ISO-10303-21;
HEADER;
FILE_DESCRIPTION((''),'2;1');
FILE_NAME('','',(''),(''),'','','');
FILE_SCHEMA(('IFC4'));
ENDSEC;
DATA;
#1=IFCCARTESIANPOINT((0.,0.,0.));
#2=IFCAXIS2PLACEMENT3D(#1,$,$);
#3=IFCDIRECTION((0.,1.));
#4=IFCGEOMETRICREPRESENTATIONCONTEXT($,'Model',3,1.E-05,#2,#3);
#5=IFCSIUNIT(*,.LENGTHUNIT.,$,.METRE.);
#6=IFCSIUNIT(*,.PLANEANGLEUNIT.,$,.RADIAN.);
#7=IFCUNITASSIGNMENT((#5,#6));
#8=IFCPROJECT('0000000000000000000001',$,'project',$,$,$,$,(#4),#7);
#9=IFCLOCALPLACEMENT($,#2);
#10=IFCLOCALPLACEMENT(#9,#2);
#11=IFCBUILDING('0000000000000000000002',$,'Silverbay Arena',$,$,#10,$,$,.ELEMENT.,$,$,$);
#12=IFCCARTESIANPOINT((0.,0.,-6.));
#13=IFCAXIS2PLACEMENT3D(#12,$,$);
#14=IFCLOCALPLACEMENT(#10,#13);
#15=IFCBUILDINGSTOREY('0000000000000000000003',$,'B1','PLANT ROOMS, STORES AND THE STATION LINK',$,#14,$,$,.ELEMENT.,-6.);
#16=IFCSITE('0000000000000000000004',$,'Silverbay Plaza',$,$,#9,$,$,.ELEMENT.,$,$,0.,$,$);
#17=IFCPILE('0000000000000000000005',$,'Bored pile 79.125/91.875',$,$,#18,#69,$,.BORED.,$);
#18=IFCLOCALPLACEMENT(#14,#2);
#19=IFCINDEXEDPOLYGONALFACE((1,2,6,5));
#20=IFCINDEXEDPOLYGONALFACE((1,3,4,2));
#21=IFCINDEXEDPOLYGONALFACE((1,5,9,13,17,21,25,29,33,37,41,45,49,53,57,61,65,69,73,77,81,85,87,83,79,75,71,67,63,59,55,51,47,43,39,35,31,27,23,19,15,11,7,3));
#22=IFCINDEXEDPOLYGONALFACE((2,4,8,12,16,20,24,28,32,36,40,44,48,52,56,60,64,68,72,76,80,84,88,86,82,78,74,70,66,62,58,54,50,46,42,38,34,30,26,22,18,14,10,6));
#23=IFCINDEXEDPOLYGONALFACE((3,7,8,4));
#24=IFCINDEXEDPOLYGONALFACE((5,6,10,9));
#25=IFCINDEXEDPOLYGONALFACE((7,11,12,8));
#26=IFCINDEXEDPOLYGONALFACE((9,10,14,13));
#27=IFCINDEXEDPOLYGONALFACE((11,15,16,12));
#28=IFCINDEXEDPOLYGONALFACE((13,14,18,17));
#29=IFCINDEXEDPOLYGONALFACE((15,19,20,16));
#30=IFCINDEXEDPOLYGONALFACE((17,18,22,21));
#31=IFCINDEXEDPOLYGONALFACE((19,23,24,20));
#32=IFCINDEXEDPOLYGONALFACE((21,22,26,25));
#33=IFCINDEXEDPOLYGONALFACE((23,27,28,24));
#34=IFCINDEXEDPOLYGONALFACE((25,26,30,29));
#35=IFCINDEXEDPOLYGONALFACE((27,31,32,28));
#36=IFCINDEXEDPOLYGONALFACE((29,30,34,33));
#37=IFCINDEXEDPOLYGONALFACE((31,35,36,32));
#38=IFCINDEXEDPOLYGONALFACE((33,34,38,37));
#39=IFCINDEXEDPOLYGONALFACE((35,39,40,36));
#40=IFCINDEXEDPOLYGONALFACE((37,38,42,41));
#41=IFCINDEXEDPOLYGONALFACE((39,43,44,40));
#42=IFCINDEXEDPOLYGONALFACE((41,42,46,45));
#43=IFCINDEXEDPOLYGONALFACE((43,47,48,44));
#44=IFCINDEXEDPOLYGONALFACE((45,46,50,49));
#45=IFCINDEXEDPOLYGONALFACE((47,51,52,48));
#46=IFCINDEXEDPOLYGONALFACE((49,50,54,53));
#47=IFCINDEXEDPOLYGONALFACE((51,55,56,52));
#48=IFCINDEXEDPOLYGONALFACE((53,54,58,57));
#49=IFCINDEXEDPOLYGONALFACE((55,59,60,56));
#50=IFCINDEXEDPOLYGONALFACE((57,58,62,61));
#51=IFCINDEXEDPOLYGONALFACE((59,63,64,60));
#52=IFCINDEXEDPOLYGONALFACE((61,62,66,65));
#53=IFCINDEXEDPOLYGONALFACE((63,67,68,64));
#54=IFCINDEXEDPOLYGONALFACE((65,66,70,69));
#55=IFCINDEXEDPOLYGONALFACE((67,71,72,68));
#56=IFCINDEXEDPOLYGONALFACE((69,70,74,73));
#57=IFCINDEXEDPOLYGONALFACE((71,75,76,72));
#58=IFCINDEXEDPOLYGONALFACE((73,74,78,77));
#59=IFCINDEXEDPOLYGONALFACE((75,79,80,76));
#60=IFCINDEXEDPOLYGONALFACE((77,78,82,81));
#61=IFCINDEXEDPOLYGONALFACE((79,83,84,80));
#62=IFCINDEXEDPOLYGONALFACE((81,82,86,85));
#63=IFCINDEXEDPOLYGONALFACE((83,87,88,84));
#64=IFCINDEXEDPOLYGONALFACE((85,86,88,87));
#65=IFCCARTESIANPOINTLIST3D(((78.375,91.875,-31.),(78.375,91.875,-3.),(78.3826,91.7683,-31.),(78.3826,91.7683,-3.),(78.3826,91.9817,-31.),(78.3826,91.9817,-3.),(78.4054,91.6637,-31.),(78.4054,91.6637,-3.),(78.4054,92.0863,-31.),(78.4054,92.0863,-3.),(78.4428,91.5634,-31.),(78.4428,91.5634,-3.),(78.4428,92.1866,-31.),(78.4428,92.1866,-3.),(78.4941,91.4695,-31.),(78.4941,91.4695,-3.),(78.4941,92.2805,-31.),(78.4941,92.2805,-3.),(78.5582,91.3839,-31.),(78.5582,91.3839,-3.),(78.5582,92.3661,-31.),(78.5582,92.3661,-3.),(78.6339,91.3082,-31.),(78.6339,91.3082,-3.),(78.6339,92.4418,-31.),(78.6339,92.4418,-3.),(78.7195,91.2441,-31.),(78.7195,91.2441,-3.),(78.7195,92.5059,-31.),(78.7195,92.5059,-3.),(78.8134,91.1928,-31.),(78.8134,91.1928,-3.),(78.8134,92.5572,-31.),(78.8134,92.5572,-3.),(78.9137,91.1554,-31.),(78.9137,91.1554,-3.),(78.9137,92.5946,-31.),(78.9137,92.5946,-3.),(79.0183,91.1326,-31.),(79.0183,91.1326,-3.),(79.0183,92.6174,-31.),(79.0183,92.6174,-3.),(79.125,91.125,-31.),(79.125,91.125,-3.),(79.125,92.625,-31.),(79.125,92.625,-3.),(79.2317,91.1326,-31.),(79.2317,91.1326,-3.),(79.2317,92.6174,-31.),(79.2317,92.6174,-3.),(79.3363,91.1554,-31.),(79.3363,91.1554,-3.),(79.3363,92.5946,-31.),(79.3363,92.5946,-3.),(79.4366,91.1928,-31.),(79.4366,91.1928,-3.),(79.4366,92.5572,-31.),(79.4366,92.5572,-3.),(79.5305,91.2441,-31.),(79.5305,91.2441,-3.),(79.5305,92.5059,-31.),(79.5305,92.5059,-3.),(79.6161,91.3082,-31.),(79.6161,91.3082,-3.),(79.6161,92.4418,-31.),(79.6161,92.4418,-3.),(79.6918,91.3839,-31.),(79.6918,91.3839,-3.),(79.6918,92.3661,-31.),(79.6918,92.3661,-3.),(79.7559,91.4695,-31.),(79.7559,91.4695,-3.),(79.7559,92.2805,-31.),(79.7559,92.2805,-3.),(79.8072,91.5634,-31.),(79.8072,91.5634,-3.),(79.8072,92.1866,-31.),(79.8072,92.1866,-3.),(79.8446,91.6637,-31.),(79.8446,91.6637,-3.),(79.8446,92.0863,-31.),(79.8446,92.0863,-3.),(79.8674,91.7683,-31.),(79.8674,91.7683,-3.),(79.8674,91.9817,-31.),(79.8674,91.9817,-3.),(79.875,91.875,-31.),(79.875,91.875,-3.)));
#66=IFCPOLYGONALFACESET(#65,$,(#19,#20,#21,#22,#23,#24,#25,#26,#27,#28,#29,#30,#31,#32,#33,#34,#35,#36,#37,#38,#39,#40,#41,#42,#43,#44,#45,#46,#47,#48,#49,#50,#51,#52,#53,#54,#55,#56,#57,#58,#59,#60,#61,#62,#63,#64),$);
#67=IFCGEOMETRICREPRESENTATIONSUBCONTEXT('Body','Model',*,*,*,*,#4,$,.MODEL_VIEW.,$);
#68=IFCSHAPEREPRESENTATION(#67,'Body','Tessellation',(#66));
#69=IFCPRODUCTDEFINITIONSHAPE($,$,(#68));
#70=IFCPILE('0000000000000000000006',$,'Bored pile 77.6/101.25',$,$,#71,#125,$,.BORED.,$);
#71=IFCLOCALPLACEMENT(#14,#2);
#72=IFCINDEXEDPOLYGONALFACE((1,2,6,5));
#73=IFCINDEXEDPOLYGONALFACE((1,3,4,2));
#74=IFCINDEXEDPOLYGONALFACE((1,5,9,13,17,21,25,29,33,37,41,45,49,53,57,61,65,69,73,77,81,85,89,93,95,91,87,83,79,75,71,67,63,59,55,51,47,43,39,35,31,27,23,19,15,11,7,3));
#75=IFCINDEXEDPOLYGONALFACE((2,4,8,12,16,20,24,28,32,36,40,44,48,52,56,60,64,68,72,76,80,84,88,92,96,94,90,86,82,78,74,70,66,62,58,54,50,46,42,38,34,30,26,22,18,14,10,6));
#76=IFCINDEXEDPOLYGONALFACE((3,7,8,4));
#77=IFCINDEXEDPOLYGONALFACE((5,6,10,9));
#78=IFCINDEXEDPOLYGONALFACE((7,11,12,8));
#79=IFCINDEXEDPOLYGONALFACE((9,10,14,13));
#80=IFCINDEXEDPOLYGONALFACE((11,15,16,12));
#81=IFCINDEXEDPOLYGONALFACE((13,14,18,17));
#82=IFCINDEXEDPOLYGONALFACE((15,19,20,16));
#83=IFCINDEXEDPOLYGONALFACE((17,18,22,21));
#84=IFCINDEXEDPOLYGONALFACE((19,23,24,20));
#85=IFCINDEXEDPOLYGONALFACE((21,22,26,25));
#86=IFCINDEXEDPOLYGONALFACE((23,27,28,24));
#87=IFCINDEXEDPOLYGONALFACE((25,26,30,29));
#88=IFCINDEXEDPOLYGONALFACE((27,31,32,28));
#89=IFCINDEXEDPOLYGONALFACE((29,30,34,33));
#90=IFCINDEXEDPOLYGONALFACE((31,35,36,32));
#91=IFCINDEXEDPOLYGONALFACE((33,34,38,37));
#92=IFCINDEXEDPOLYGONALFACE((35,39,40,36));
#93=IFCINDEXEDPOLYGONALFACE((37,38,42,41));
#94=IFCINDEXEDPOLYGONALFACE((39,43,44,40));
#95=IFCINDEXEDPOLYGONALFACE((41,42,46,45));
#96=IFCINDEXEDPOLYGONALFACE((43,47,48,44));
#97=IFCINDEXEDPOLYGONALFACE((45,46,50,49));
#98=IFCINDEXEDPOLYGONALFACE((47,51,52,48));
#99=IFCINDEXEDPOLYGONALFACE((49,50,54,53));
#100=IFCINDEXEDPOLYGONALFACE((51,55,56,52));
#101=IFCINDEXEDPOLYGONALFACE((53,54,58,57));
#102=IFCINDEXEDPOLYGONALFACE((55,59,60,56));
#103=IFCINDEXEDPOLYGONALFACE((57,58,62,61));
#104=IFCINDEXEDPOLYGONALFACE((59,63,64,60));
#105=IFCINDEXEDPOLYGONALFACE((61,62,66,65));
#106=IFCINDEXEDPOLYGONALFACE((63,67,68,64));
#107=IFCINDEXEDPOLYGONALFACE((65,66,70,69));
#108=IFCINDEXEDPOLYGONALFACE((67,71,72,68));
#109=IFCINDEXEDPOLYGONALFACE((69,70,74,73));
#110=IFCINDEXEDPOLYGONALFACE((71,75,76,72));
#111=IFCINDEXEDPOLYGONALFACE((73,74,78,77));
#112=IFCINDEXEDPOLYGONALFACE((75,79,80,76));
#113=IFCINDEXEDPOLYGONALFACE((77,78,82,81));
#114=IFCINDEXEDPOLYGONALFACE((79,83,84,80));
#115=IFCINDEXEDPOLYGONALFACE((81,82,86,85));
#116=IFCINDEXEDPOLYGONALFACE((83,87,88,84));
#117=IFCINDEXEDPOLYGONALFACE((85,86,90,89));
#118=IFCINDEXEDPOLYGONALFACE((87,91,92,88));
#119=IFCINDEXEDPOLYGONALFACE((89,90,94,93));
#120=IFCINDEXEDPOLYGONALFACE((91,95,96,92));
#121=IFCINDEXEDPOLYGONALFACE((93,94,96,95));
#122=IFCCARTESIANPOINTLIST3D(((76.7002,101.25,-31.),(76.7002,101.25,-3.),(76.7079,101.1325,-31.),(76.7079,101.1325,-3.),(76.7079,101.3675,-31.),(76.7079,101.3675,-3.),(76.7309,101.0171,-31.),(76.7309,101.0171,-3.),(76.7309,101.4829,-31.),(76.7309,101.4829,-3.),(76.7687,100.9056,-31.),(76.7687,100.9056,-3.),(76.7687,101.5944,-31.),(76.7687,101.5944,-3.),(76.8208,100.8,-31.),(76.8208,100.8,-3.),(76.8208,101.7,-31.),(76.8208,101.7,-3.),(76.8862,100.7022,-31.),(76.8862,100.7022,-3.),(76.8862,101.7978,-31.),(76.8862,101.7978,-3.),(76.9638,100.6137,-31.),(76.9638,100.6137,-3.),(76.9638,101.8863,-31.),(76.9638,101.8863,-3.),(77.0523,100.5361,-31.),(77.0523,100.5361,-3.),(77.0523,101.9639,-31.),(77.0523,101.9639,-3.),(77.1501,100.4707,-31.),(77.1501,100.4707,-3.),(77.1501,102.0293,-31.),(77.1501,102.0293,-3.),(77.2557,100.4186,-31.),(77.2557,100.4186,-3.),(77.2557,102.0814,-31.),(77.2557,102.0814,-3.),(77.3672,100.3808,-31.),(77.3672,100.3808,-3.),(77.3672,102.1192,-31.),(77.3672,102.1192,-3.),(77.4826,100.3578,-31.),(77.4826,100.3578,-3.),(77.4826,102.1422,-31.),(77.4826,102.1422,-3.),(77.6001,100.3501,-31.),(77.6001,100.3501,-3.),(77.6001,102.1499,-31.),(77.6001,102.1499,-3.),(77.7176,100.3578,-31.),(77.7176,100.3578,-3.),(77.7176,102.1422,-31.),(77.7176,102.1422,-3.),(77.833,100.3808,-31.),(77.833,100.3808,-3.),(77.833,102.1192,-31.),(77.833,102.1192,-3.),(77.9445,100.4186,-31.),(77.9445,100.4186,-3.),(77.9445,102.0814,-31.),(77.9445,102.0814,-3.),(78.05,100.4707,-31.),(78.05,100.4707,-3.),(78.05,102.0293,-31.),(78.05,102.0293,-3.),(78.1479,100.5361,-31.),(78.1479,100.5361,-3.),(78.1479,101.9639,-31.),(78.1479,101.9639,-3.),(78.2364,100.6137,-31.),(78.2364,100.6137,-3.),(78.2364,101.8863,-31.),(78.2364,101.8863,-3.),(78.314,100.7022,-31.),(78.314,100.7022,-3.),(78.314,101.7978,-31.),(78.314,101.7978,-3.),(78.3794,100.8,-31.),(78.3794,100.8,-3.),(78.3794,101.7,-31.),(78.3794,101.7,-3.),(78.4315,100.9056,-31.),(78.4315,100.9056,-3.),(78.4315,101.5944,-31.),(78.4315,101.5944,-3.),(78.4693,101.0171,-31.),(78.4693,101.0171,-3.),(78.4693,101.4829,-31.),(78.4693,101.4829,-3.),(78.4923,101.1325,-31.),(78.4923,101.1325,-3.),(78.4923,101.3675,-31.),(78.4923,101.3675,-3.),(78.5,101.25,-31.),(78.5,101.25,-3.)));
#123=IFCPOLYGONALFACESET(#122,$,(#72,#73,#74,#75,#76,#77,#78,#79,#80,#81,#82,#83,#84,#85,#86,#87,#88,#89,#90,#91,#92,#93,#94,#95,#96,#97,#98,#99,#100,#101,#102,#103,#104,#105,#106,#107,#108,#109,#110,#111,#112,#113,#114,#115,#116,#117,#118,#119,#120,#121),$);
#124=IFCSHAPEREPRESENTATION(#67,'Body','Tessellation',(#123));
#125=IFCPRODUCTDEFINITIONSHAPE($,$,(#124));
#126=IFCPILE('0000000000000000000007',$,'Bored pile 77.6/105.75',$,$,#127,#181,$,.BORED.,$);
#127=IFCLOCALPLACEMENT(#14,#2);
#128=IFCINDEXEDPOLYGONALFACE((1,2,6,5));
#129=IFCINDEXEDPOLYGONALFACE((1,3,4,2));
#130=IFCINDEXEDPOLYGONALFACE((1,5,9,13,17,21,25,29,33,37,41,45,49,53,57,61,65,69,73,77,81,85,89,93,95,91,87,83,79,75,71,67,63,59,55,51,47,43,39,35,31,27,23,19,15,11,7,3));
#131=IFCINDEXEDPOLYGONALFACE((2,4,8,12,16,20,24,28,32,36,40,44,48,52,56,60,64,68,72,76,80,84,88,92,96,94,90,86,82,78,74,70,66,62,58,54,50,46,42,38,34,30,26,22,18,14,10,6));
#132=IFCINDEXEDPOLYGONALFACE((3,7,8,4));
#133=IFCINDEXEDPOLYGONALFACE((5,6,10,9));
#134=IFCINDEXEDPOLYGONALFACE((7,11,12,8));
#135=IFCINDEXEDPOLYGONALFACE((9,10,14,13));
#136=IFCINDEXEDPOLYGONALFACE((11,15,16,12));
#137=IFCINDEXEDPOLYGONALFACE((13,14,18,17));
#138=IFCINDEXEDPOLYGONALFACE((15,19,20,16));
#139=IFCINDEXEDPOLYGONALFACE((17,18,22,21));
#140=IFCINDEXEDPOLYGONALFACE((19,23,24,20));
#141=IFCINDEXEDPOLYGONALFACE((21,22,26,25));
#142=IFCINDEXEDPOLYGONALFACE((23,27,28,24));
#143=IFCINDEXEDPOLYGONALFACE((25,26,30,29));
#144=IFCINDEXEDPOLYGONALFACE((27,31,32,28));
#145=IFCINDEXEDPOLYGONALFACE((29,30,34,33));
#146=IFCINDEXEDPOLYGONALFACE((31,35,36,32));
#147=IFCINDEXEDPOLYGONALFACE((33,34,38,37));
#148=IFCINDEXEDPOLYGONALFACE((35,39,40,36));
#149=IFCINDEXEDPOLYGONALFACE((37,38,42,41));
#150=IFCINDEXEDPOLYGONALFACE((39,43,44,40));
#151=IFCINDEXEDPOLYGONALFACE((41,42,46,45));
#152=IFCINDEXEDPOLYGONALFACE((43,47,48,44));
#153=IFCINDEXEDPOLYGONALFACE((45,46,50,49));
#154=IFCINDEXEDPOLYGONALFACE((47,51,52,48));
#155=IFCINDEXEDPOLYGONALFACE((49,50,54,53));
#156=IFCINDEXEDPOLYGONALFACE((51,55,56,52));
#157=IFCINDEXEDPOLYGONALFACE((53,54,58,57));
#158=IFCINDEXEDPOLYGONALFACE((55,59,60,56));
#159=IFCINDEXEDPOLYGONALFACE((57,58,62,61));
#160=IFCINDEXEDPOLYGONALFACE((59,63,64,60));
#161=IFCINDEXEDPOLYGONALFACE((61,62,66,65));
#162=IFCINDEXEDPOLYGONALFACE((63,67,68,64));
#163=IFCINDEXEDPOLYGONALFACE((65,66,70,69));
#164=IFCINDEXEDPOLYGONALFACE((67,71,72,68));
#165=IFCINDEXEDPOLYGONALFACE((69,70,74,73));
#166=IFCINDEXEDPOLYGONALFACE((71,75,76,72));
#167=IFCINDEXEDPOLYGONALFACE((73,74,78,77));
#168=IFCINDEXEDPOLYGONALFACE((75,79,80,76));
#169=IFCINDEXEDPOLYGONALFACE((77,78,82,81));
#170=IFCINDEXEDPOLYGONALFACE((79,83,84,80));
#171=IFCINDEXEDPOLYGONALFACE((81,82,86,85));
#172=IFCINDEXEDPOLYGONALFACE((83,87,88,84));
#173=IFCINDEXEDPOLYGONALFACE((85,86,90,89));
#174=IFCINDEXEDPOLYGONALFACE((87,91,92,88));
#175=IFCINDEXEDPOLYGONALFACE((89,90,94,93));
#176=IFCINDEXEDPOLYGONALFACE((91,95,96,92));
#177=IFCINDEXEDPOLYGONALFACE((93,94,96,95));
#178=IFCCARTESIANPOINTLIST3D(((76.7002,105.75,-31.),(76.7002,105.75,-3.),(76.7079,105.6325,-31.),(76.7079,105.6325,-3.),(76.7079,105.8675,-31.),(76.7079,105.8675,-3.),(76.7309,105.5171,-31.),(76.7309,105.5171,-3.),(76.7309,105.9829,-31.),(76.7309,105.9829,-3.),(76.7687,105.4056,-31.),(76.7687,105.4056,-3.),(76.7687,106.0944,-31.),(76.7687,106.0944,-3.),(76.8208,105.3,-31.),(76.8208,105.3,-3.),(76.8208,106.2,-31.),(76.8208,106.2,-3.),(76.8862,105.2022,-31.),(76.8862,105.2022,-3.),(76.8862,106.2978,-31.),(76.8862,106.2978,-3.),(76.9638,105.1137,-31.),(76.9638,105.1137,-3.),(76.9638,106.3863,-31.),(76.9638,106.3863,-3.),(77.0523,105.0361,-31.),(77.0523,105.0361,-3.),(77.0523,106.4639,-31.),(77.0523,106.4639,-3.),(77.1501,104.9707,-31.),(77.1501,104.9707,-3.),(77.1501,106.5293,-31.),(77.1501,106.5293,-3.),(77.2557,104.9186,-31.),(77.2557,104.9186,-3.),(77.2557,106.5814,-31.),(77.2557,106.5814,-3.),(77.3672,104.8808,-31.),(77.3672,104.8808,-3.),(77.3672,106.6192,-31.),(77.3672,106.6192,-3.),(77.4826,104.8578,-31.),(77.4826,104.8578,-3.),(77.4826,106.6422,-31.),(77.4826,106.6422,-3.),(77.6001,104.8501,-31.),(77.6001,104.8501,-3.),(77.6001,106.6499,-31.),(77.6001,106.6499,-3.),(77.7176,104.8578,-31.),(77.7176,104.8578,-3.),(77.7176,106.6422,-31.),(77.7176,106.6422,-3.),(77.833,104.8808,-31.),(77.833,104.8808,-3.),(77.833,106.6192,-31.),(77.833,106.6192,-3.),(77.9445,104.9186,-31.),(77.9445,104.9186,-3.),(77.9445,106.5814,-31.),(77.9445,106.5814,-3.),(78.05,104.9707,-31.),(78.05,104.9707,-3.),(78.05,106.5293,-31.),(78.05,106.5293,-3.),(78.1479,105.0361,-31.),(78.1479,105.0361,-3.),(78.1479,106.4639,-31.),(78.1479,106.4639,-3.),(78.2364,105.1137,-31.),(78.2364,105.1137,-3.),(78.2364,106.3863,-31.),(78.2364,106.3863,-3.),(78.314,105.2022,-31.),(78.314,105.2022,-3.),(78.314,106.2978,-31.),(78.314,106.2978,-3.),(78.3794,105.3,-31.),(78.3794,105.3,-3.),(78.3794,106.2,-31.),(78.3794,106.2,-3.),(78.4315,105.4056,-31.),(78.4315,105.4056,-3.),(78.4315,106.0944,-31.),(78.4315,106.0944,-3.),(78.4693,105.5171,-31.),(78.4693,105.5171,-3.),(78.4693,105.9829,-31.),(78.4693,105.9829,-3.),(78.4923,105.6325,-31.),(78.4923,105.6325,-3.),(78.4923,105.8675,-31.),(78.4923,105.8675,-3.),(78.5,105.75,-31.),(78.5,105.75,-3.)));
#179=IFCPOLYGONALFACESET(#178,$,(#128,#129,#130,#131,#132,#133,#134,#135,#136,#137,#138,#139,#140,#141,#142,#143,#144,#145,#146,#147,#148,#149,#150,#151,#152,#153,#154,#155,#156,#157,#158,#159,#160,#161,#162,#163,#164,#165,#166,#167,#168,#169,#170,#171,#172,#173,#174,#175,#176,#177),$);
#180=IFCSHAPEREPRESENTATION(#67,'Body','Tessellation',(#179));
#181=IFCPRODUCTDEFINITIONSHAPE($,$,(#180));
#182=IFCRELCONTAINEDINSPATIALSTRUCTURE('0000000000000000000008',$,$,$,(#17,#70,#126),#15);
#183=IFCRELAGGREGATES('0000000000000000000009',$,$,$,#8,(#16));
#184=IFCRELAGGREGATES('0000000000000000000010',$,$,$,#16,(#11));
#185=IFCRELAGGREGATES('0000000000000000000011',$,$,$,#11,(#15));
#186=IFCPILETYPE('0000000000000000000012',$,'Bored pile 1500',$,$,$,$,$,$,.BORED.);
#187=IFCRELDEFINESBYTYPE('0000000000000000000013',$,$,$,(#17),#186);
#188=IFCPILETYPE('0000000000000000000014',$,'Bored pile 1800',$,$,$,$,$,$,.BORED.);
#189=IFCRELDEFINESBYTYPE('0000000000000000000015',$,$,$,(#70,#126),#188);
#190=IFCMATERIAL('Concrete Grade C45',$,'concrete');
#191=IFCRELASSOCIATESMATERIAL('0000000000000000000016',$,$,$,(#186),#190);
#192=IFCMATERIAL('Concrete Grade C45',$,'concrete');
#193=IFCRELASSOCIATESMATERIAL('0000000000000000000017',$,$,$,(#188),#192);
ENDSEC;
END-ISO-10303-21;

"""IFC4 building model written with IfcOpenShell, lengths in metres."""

from ifc_helpers import new_model, si_unit, direction, frame, origin, origin_2d, place, context, subcontext, project, spatial, circle, extrude, material, material_profile, profile_set, type_object, element, save


model = new_model("IFC4")

# Units and contexts
model_context = context("Model", 3, precision=1e-05, world=origin(), true_north=direction((0.0, 1.0)))
body_context = subcontext(model_context, "Body", "Model", "MODEL_VIEW")
ifc_project = project(units=[si_unit("LENGTHUNIT", "METRE"), si_unit("PLANEANGLEUNIT", "RADIAN")], contexts=[model_context])

# Site, building, storey
site_placement = place(None, origin())
site = spatial("IfcSite", under=ifc_project, at=site_placement, Name="Silverbay Plaza", CompositionType="ELEMENT", RefElevation=0.0)
building_placement = place(site_placement, origin())
building = spatial("IfcBuilding", under=site, at=building_placement, Name="Silverbay Arena", CompositionType="ELEMENT")
storey_placement = place(building_placement, frame((0.0, 0.0, -6.0)))
storey = spatial("IfcBuildingStorey", under=building, at=storey_placement, Name="B1", Description="PLANT ROOMS, STORES AND THE STATION LINK", CompositionType="ELEMENT", Elevation=-6.0)

# Piles
ifc_material_1 = material(Name="Concrete Grade C45", Category="concrete")
ifc_material_profile_1 = material_profile(ifc_material_1, circle(Radius=0.75, at=origin_2d()), Name="Bored pile 1500")
ifc_profile_set_1 = profile_set([ifc_material_profile_1], Name="Concrete Grade C45")
pile_type_1 = type_object("IfcPileType", Name="Bored pile 1500", PredefinedType="BORED", material=ifc_profile_set_1)
pile_placement = place(storey_placement, frame((79.125, 91.875, -3.0), z_axis=(0.0, 0.0, -1.0), x_axis=(1.0, 0.0, 0.0)))
element("IfcPile", 1, at=pile_placement, inside=storey, type_object=pile_type_1, Name="Bored pile 79.125/91.875", PredefinedType="BORED", context=body_context, shape_type="SweptSolid", body=[
    extrude(circle(Radius=0.75, at=origin_2d()), origin(), (0.0, 0.0, 1.0), 28.0),
])
ifc_material_2 = material(Name="Concrete Grade C45", Category="concrete")
ifc_material_profile_2 = material_profile(ifc_material_2, circle(Radius=0.8999, at=origin_2d()), Name="Bored pile 1800")
ifc_profile_set_2 = profile_set([ifc_material_profile_2], Name="Concrete Grade C45")
pile_type_2 = type_object("IfcPileType", Name="Bored pile 1800", PredefinedType="BORED", material=ifc_profile_set_2)
for number, where, z_axis, x_axis, name in (
    (2, (77.6001, 101.25, -3.0), (0.0, 0.0, -1.0), (1.0, 0.0, 0.0), "Bored pile 77.6/101.25"),
    (3, (77.6001, 105.75, -3.0), (0.0, 0.0, -1.0), (1.0, 0.0, 0.0), "Bored pile 77.6/105.75"),
):
    element("IfcPile", number, at=place(storey_placement, frame(where, z_axis=z_axis, x_axis=x_axis)), inside=storey, type_object=pile_type_2, Name=name, PredefinedType="BORED", context=body_context, shape_type="SweptSolid", body=[
        extrude(circle(Radius=0.8999, at=origin_2d()), origin(), (0.0, 0.0, 1.0), 28.0),
    ])

save(model, "model.ifc")
